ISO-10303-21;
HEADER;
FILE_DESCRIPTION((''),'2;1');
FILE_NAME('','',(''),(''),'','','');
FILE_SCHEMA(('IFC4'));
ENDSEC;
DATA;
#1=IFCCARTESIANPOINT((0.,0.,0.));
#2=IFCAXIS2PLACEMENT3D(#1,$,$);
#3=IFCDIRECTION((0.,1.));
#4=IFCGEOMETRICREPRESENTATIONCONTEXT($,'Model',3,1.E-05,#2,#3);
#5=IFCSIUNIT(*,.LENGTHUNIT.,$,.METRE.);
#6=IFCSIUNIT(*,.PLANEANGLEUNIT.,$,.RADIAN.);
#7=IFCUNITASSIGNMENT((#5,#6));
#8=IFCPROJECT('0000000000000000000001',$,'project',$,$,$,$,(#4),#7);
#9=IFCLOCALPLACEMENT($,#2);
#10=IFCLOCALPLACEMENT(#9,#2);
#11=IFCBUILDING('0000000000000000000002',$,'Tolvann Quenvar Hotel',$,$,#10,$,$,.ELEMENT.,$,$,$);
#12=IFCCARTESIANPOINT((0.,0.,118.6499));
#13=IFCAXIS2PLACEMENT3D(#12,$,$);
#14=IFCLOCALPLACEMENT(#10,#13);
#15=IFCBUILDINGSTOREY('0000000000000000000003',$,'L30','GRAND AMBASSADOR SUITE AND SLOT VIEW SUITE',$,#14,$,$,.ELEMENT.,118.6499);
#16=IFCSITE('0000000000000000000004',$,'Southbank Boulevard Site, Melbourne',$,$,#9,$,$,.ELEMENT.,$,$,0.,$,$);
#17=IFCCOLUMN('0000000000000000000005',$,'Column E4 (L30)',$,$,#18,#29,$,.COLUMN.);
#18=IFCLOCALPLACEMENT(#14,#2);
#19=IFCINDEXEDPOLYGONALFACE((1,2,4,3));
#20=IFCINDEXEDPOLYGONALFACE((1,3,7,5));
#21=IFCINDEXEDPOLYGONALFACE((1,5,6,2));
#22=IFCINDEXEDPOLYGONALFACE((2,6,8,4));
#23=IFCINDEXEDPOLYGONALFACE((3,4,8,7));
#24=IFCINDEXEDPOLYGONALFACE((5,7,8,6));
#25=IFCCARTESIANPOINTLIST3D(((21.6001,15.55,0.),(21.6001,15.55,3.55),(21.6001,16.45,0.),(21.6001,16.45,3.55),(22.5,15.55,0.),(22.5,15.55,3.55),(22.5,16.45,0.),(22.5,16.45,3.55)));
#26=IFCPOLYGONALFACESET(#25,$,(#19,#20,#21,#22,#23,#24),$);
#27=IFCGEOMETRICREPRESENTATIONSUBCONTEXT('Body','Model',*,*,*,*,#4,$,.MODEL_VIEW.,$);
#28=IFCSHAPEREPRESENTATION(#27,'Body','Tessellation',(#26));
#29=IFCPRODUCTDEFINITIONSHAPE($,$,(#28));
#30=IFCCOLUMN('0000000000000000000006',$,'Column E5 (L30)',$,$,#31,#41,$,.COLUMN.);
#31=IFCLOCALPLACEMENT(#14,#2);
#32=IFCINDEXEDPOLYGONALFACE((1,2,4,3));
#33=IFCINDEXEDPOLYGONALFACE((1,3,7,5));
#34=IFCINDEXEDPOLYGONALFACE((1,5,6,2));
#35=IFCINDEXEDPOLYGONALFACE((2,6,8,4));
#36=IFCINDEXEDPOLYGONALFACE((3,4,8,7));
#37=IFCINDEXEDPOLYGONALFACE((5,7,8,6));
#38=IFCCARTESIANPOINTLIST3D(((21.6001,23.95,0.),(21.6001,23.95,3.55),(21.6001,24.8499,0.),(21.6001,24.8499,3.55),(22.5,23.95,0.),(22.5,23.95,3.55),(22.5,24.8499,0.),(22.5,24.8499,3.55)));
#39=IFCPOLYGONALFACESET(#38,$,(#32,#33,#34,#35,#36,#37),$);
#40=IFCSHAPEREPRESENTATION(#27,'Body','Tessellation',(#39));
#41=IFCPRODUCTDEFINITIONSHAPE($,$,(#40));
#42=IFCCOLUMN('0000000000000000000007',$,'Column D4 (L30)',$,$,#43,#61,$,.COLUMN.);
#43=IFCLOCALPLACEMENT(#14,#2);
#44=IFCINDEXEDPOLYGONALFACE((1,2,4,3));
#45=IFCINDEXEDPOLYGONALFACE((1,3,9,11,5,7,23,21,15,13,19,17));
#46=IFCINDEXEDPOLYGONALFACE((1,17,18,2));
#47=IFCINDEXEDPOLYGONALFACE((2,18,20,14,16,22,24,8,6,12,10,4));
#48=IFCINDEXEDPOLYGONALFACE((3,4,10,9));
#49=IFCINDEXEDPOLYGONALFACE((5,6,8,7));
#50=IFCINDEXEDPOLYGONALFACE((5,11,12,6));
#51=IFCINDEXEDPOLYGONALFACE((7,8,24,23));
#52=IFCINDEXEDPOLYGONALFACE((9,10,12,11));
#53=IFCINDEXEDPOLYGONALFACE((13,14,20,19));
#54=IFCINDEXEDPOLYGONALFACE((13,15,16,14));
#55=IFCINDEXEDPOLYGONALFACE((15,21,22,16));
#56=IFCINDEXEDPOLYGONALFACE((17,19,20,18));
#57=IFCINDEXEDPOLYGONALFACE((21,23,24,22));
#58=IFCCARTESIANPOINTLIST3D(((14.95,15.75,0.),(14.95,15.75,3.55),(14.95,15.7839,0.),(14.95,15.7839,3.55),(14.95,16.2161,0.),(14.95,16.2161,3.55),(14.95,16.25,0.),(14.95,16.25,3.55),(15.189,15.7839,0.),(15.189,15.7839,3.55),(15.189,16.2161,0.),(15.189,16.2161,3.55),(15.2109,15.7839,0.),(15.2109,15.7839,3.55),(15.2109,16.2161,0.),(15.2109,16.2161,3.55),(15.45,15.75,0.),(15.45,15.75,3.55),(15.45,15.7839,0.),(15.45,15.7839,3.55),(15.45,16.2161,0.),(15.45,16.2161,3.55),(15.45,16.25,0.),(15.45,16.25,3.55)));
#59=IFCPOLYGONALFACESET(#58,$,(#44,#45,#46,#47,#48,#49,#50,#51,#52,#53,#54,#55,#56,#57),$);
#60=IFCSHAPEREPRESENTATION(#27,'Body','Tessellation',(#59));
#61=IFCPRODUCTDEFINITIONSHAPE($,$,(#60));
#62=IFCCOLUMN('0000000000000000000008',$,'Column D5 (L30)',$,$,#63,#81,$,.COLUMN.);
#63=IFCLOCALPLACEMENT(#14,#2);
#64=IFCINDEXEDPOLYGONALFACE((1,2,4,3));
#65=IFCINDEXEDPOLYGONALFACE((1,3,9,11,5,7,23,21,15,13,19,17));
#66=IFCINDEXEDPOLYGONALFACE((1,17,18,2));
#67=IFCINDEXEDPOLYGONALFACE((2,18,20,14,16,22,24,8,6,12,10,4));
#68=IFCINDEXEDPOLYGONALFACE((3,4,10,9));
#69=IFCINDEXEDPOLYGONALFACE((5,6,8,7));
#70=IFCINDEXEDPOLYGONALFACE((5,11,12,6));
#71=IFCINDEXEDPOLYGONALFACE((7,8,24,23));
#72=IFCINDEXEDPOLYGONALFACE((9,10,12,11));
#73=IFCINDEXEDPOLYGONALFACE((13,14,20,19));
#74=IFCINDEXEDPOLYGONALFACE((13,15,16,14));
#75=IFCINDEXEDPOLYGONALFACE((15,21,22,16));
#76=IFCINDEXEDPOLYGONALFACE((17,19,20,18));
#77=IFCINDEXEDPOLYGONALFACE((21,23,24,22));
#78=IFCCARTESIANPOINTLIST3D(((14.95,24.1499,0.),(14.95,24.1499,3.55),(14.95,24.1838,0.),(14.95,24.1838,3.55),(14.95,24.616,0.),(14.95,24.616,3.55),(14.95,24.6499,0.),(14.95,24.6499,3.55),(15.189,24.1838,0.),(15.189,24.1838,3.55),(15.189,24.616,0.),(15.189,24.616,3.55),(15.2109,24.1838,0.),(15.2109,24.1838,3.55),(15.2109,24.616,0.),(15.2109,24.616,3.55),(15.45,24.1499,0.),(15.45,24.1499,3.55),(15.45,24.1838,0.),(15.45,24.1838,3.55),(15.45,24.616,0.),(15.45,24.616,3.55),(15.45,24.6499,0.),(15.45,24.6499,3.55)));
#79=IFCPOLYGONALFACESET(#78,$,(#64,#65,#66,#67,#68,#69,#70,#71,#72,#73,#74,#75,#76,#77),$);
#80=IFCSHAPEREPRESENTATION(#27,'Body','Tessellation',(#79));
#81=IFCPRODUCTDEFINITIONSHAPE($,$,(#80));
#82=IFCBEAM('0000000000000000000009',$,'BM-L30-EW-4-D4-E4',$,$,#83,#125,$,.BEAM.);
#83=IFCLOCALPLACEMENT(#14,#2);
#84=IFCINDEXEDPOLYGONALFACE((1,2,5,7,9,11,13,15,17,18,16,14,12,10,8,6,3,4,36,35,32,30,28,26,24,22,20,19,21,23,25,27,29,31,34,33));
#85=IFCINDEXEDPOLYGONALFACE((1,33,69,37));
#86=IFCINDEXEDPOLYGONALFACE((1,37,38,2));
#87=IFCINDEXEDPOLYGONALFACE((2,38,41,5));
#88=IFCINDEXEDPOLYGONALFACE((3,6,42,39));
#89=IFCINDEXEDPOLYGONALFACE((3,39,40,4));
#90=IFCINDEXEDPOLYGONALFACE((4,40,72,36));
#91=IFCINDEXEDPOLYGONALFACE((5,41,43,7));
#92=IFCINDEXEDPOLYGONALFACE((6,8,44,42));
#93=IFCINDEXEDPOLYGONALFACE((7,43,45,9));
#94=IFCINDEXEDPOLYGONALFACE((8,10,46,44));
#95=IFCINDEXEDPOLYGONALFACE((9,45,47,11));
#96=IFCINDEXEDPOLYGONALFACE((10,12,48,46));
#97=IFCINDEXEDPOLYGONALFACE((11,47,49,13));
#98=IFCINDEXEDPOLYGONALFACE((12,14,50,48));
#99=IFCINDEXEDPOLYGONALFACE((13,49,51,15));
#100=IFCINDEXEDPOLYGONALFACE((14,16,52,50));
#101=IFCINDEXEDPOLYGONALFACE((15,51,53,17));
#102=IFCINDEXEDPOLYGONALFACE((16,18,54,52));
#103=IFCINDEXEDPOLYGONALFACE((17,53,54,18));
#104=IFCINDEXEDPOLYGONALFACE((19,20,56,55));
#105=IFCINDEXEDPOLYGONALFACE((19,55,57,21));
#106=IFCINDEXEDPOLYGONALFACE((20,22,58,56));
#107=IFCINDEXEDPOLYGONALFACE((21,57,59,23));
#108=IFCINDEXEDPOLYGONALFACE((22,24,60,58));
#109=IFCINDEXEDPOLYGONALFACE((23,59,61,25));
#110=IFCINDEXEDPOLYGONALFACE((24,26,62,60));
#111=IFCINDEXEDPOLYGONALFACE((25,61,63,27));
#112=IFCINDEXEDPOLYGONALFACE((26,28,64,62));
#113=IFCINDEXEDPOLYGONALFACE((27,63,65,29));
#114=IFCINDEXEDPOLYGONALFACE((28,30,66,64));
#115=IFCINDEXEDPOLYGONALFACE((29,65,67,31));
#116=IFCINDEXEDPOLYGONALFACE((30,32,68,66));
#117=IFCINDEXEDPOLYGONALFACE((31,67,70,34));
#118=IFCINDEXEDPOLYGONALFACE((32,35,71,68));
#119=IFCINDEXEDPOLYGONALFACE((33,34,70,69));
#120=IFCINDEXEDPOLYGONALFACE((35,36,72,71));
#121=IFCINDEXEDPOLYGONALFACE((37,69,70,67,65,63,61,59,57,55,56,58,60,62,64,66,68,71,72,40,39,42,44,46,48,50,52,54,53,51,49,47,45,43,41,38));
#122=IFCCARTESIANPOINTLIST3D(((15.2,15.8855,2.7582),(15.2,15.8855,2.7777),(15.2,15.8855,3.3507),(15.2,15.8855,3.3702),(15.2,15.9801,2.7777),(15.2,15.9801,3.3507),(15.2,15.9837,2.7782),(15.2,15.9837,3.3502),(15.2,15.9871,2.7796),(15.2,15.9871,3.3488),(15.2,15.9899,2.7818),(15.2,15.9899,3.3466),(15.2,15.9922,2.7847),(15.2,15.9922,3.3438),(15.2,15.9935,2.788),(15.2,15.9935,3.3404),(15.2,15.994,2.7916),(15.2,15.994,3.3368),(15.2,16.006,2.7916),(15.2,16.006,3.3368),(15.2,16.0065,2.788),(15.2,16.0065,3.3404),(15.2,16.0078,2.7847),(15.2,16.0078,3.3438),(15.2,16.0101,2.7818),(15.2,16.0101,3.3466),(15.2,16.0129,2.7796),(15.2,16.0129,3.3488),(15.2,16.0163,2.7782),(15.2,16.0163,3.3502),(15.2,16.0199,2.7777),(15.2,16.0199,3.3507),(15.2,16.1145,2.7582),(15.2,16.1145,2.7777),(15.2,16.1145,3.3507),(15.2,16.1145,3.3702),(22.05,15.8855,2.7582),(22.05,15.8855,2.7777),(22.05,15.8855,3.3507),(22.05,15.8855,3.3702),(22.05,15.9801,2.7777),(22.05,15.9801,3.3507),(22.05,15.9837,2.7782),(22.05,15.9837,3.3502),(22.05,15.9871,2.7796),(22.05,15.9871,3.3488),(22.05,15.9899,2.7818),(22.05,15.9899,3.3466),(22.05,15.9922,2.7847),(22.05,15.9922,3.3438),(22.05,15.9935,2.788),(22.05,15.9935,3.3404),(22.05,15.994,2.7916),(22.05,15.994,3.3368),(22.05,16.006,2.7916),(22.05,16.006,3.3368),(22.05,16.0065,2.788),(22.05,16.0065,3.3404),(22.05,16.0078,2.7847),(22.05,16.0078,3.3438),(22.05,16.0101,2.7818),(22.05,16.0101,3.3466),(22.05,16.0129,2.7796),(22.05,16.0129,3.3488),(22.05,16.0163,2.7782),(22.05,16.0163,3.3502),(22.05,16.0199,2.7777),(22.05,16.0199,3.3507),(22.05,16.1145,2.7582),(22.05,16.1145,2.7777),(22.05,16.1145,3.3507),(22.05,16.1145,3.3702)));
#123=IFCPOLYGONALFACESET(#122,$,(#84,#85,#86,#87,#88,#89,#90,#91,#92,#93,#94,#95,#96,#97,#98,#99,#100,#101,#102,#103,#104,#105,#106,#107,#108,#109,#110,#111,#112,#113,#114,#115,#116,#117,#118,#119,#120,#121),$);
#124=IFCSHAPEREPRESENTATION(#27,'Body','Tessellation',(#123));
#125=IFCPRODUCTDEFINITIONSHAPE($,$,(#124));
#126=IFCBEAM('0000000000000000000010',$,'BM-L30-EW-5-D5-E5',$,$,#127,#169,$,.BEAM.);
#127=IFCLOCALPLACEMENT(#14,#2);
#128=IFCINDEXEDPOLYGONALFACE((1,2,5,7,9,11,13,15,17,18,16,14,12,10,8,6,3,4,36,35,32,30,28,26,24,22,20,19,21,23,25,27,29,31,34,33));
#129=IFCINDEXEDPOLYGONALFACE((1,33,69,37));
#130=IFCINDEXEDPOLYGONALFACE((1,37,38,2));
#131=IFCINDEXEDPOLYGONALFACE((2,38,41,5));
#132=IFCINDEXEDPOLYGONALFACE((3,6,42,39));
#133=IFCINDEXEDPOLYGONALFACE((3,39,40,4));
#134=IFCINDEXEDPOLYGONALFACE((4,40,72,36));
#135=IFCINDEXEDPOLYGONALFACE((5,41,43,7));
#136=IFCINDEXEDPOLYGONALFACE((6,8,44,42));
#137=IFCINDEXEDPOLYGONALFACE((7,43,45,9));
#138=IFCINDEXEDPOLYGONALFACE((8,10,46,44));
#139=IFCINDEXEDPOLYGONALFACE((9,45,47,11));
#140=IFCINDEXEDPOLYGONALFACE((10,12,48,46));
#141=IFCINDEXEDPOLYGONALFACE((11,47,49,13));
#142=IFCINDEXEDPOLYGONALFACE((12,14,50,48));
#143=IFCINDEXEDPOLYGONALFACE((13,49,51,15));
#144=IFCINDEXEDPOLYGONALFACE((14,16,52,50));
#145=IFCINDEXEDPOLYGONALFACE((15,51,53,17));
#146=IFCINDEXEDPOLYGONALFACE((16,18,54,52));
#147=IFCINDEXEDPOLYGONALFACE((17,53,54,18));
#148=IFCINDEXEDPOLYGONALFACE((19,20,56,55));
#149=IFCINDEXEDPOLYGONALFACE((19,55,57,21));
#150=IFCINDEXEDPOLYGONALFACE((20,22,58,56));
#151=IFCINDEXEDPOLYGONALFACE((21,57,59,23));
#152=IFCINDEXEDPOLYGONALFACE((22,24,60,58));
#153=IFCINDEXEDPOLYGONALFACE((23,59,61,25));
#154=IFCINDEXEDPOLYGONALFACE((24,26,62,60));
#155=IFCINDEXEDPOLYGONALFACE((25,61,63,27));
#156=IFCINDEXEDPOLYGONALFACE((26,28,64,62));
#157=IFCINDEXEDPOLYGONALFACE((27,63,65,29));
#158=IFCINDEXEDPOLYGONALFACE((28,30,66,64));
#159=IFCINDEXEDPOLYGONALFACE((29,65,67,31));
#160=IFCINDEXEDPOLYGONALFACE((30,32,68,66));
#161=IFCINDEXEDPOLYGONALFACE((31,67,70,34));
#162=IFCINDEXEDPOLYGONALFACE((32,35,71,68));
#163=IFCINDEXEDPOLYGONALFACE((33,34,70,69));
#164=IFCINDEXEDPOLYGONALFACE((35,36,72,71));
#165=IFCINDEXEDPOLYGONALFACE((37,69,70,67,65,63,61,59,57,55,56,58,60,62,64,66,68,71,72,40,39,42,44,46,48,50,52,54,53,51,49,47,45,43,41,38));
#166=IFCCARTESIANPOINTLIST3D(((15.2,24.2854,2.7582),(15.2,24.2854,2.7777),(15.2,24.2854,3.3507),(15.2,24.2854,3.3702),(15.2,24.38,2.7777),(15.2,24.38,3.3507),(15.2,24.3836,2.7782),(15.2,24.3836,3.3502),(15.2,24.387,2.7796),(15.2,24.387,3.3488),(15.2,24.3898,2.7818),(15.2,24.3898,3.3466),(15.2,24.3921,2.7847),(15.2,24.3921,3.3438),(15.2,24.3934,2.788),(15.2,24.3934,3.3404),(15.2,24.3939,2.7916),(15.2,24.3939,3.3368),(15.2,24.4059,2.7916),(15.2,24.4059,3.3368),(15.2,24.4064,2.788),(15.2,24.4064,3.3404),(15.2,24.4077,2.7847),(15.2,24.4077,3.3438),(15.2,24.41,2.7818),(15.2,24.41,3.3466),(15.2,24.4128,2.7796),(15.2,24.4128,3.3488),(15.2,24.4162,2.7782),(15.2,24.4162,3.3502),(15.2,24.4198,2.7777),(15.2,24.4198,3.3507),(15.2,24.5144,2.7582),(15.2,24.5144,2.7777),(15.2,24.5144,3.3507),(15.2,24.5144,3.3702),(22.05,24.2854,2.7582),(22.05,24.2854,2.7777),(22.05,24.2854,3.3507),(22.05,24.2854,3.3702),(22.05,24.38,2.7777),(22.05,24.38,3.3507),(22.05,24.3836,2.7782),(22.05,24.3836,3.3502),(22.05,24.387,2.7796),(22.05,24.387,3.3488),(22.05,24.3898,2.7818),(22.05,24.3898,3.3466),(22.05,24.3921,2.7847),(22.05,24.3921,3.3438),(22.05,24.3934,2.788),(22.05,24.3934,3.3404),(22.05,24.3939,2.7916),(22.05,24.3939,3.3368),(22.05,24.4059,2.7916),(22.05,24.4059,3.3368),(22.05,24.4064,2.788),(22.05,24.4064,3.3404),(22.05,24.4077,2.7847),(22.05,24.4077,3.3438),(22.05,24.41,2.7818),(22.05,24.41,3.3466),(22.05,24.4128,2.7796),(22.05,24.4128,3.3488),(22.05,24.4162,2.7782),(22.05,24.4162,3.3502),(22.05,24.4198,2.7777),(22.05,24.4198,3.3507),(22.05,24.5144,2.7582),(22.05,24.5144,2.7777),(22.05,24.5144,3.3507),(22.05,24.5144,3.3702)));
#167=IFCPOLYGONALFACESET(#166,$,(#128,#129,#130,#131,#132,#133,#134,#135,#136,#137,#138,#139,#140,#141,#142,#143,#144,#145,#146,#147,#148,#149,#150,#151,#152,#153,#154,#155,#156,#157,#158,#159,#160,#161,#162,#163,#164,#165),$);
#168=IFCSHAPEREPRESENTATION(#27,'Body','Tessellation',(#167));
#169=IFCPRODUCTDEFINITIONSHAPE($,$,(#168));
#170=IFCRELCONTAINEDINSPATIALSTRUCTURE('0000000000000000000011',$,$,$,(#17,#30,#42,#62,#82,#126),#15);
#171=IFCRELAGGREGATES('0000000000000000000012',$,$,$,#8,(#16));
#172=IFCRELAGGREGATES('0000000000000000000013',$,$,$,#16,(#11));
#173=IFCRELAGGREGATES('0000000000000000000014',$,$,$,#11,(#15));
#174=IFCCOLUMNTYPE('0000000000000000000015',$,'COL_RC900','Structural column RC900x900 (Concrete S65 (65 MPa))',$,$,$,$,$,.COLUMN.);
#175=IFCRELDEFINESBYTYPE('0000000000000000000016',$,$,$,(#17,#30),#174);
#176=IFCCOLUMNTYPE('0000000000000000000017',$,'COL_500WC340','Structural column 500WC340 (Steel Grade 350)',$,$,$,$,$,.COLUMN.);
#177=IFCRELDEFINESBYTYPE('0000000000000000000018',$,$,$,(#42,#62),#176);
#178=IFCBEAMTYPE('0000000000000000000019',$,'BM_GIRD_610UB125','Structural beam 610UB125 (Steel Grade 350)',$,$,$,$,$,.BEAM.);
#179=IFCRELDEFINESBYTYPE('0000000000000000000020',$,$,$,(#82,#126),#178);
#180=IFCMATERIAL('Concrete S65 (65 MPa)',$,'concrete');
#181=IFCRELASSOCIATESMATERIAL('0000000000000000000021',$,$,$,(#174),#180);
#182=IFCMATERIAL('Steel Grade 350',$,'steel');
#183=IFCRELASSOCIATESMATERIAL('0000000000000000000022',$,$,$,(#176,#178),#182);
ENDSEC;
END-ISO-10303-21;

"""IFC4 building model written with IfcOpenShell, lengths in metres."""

from ifc_helpers import new_model, si_unit, direction, frame, origin, origin_2d, place, context, subcontext, project, spatial, rectangle, i_section, extrude, source, transform, mapped, material, material_profile, profile_set, type_object, type_shapes, element, save


model = new_model("IFC4")

# Units and contexts
model_context = context("Model", 3, precision=1e-05, world=origin(), true_north=direction((0.0, 1.0)))
body_context = subcontext(model_context, "Body", "Model", "MODEL_VIEW")
ifc_project = project(units=[si_unit("LENGTHUNIT", "METRE"), si_unit("PLANEANGLEUNIT", "RADIAN")], contexts=[model_context])

# Site, building, storey
site_placement = place(None, origin())
site = spatial("IfcSite", under=ifc_project, at=site_placement, Name="Southbank Boulevard Site, Melbourne", CompositionType="ELEMENT", RefElevation=0.0)
building_placement = place(site_placement, origin())
building = spatial("IfcBuilding", under=site, at=building_placement, Name="Tolvann Quenvar Hotel", CompositionType="ELEMENT")
storey_placement = place(building_placement, frame((0.0, 0.0, 118.6499)))
storey = spatial("IfcBuildingStorey", under=building, at=storey_placement, Name="L30", Description="GRAND AMBASSADOR SUITE AND SLOT VIEW SUITE", CompositionType="ELEMENT", Elevation=118.6499)

# Columns
ifc_material_1 = material(Name="Concrete S65 (65 MPa)", Category="concrete")
ifc_material_profile_1 = material_profile(ifc_material_1, rectangle(XDim=0.8999, YDim=0.8999, at=origin_2d()), Name="RC900x900")
ifc_profile_set_1 = profile_set([ifc_material_profile_1], Name="Concrete S65 (65 MPa)")
column_type_1 = type_object("IfcColumnType", Name="COL_RC900", Description="Structural column RC900x900 (Concrete S65 (65 MPa))", PredefinedType="COLUMN", material=ifc_profile_set_1)
shared_shape_1 = source(origin(), body_context, "Body", "SweptSolid", [
    extrude(rectangle(XDim=0.8999, YDim=0.8999, at=origin_2d()), origin(), (0.0, 0.0, 1.0), 3.55),
])
type_shapes(column_type_1, [shared_shape_1])
for number, where, z_axis, x_axis, name in (
    (1, (22.05, 16.0, 0.0), (0.0, 0.0, 1.0), (1.0, 0.0, 0.0), "Column E4 (L30)"),
    (2, (22.05, 24.3999, 0.0), (0.0, 0.0, 1.0), (1.0, 0.0, 0.0), "Column E5 (L30)"),
):
    element("IfcColumn", number, at=place(storey_placement, frame(where, z_axis=z_axis, x_axis=x_axis)), inside=storey, type_object=column_type_1, Name=name, PredefinedType="COLUMN", context=body_context, shape_type="MappedRepresentation", body=[
        mapped(shared_shape_1, transform((0.0, 0.0, 0.0), x_axis=(1.0, 0.0, 0.0), y_axis=(0.0, 1.0, 0.0), z_axis=(0.0, 0.0, 1.0), scale=1.0)),
    ])
ifc_material_2 = material(Name="Steel Grade 350", Category="steel")
ifc_material_profile_2 = material_profile(ifc_material_2, i_section(OverallWidth=0.5, OverallDepth=0.5, WebThickness=0.022, FlangeThickness=0.0339, at=origin_2d()), Name="500WC340")
ifc_profile_set_2 = profile_set([ifc_material_profile_2], Name="Steel Grade 350")
column_type_2 = type_object("IfcColumnType", Name="COL_500WC340", Description="Structural column 500WC340 (Steel Grade 350)", PredefinedType="COLUMN", material=ifc_profile_set_2)
shared_shape_2 = source(origin(), body_context, "Body", "SweptSolid", [
    extrude(i_section(OverallWidth=0.5, OverallDepth=0.5, WebThickness=0.022, FlangeThickness=0.0339, at=origin_2d()), origin(), (0.0, 0.0, 1.0), 3.55),
])
type_shapes(column_type_2, [shared_shape_2])
for number, where, z_axis, x_axis, name in (
    (3, (15.2, 16.0, 0.0), (0.0, 0.0, 1.0), (1.0, 0.0, 0.0), "Column D4 (L30)"),
    (4, (15.2, 24.3999, 0.0), (0.0, 0.0, 1.0), (1.0, 0.0, 0.0), "Column D5 (L30)"),
):
    element("IfcColumn", number, at=place(storey_placement, frame(where, z_axis=z_axis, x_axis=x_axis)), inside=storey, type_object=column_type_2, Name=name, PredefinedType="COLUMN", context=body_context, shape_type="MappedRepresentation", body=[
        mapped(shared_shape_2, transform((0.0, 0.0, 0.0), x_axis=(1.0, 0.0, 0.0), y_axis=(0.0, 1.0, 0.0), z_axis=(0.0, 0.0, 1.0), scale=1.0)),
    ])

# Beams
ifc_material_profile_3 = material_profile(ifc_material_2, i_section(OverallWidth=0.229, OverallDepth=0.6121, WebThickness=0.012, FlangeThickness=0.0195, FilletRadius=0.0139, at=origin_2d()), Name="610UB125")
ifc_profile_set_3 = profile_set([ifc_material_profile_3], Name="Steel Grade 350")
beam_type_1 = type_object("IfcBeamType", Name="BM_GIRD_610UB125", Description="Structural beam 610UB125 (Steel Grade 350)", PredefinedType="BEAM", material=ifc_profile_set_3)
shared_shape_3 = source(origin(), body_context, "Body", "SweptSolid", [
    extrude(i_section(OverallWidth=0.229, OverallDepth=0.6121, WebThickness=0.012, FlangeThickness=0.0195, FilletRadius=0.0139, at=origin_2d()), origin(), (0.0, 0.0, 1.0), 6.8501),
])
for number, where, z_axis, x_axis, name in (
    (5, (15.2, 16.0, 3.0642), (1.0, 0.0, 0.0), (0.0, 1.0, 0.0), "BM-L30-EW-4-D4-E4"),
    (6, (15.2, 24.3999, 3.0642), (1.0, 0.0, 0.0), (0.0, 1.0, 0.0), "BM-L30-EW-5-D5-E5"),
):
    element("IfcBeam", number, at=place(storey_placement, frame(where, z_axis=z_axis, x_axis=x_axis)), inside=storey, type_object=beam_type_1, Name=name, PredefinedType="BEAM", context=body_context, shape_type="MappedRepresentation", body=[
        mapped(shared_shape_3, transform((0.0, 0.0, 0.0), x_axis=(1.0, 0.0, 0.0), y_axis=(0.0, 1.0, 0.0), z_axis=(0.0, 0.0, 1.0), scale=1.0)),
    ])

save(model, "model.ifc")
